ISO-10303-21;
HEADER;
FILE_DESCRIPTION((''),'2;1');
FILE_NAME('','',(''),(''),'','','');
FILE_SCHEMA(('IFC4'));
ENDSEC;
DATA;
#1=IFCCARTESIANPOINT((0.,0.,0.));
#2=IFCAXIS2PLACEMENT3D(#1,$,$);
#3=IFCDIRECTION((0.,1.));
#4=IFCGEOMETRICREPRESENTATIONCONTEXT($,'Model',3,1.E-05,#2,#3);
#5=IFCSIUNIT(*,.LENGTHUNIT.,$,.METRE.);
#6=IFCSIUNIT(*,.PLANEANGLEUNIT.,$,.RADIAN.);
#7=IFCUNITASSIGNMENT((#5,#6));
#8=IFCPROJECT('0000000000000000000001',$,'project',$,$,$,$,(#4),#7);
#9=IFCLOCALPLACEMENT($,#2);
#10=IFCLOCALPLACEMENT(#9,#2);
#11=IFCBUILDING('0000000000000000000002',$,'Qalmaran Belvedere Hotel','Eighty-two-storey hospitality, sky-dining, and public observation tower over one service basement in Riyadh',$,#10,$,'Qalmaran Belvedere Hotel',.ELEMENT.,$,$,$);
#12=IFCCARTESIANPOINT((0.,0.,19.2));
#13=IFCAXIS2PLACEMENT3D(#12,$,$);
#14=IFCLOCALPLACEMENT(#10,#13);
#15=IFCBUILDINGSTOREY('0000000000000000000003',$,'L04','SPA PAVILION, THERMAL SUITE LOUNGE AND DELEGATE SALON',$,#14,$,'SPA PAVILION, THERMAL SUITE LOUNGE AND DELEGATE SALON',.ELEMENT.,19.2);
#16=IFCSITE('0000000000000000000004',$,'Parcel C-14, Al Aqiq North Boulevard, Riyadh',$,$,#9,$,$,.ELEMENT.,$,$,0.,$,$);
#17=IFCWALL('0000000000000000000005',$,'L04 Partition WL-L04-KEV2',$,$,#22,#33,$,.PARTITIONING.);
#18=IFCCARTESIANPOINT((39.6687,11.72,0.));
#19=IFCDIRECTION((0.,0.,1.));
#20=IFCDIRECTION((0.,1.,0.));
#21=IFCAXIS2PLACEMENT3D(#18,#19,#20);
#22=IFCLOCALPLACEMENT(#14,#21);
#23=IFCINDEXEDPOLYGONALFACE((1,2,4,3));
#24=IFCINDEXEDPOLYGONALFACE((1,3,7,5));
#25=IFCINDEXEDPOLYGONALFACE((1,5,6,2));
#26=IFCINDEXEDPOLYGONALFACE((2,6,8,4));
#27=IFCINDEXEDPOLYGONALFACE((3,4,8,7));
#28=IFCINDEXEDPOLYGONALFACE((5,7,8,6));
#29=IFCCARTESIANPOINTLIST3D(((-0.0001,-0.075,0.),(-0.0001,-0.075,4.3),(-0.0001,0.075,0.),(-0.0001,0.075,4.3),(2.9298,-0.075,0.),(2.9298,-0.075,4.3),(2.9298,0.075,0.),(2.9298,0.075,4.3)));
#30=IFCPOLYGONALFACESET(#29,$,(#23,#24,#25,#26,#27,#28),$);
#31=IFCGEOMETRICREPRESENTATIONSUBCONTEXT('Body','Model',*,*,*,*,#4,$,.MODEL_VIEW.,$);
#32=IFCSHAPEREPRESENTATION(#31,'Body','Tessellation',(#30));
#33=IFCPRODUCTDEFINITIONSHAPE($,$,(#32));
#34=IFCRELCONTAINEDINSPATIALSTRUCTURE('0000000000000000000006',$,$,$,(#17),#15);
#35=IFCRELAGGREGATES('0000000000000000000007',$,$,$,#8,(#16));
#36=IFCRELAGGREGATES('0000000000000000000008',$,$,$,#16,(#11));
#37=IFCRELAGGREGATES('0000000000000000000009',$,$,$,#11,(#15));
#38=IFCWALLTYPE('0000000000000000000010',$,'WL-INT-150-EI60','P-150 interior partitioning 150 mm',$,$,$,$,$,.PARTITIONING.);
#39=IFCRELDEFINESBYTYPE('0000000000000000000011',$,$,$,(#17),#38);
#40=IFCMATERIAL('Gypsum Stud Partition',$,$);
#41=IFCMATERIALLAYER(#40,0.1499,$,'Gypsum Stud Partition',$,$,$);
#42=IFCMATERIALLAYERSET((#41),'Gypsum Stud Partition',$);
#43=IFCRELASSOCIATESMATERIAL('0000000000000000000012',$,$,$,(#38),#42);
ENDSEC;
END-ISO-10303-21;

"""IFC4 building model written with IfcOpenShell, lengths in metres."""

from ifc_helpers import new_model, si_unit, direction, frame, frame_2d, origin, place, context, subcontext, project, spatial, rectangle, extrude, material, layer, layer_set, type_object, element, save


model = new_model("IFC4")

# Units and contexts
model_context = context("Model", 3, precision=1e-05, world=origin(), true_north=direction((0.0, 1.0)))
body_context = subcontext(model_context, "Body", "Model", "MODEL_VIEW")
ifc_project = project(units=[si_unit("LENGTHUNIT", "METRE"), si_unit("PLANEANGLEUNIT", "RADIAN")], contexts=[model_context])

# Site, building, storey
site_placement = place(None, origin())
site = spatial("IfcSite", under=ifc_project, at=site_placement, Name="Parcel C-14, Al Aqiq North Boulevard, Riyadh", CompositionType="ELEMENT", RefElevation=0.0)
building_placement = place(site_placement, origin())
building = spatial("IfcBuilding", under=site, at=building_placement, Name="Qalmaran Belvedere Hotel", Description="Eighty-two-storey hospitality, sky-dining, and public observation tower over one service basement in Riyadh", LongName="Qalmaran Belvedere Hotel", CompositionType="ELEMENT")
storey_placement = place(building_placement, frame((0.0, 0.0, 19.2)))
storey = spatial("IfcBuildingStorey", under=building, at=storey_placement, Name="L04", Description="SPA PAVILION, THERMAL SUITE LOUNGE AND DELEGATE SALON", LongName="SPA PAVILION, THERMAL SUITE LOUNGE AND DELEGATE SALON", CompositionType="ELEMENT", Elevation=19.2)

# Wall
ifc_material_1 = material(Name="Gypsum Stud Partition")
ifc_layer_1 = layer(ifc_material_1, 0.1499, Name="Gypsum Stud Partition")
ifc_layer_set_1 = layer_set([ifc_layer_1], Name="Gypsum Stud Partition")
wall_type_1 = type_object("IfcWallType", Name="WL-INT-150-EI60", Description="P-150 interior partitioning 150 mm", PredefinedType="PARTITIONING", material=ifc_layer_set_1)
wall_1_placement = place(storey_placement, frame((39.6687, 11.72, 0.0), z_axis=(0.0, 0.0, 1.0), x_axis=(0.0, 1.0, 0.0)))
element("IfcWall", 1, at=wall_1_placement, inside=storey, type_object=wall_type_1, Name="L04 Partition WL-L04-KEV2", PredefinedType="PARTITIONING", context=body_context, shape_type="SweptSolid", body=[
    extrude(rectangle(XDim=2.9299, YDim=0.1499, at=frame_2d((1.4648, 0.0))), origin(), (0.0, 0.0, 1.0), 4.3),
])

save(model, "model.ifc")
